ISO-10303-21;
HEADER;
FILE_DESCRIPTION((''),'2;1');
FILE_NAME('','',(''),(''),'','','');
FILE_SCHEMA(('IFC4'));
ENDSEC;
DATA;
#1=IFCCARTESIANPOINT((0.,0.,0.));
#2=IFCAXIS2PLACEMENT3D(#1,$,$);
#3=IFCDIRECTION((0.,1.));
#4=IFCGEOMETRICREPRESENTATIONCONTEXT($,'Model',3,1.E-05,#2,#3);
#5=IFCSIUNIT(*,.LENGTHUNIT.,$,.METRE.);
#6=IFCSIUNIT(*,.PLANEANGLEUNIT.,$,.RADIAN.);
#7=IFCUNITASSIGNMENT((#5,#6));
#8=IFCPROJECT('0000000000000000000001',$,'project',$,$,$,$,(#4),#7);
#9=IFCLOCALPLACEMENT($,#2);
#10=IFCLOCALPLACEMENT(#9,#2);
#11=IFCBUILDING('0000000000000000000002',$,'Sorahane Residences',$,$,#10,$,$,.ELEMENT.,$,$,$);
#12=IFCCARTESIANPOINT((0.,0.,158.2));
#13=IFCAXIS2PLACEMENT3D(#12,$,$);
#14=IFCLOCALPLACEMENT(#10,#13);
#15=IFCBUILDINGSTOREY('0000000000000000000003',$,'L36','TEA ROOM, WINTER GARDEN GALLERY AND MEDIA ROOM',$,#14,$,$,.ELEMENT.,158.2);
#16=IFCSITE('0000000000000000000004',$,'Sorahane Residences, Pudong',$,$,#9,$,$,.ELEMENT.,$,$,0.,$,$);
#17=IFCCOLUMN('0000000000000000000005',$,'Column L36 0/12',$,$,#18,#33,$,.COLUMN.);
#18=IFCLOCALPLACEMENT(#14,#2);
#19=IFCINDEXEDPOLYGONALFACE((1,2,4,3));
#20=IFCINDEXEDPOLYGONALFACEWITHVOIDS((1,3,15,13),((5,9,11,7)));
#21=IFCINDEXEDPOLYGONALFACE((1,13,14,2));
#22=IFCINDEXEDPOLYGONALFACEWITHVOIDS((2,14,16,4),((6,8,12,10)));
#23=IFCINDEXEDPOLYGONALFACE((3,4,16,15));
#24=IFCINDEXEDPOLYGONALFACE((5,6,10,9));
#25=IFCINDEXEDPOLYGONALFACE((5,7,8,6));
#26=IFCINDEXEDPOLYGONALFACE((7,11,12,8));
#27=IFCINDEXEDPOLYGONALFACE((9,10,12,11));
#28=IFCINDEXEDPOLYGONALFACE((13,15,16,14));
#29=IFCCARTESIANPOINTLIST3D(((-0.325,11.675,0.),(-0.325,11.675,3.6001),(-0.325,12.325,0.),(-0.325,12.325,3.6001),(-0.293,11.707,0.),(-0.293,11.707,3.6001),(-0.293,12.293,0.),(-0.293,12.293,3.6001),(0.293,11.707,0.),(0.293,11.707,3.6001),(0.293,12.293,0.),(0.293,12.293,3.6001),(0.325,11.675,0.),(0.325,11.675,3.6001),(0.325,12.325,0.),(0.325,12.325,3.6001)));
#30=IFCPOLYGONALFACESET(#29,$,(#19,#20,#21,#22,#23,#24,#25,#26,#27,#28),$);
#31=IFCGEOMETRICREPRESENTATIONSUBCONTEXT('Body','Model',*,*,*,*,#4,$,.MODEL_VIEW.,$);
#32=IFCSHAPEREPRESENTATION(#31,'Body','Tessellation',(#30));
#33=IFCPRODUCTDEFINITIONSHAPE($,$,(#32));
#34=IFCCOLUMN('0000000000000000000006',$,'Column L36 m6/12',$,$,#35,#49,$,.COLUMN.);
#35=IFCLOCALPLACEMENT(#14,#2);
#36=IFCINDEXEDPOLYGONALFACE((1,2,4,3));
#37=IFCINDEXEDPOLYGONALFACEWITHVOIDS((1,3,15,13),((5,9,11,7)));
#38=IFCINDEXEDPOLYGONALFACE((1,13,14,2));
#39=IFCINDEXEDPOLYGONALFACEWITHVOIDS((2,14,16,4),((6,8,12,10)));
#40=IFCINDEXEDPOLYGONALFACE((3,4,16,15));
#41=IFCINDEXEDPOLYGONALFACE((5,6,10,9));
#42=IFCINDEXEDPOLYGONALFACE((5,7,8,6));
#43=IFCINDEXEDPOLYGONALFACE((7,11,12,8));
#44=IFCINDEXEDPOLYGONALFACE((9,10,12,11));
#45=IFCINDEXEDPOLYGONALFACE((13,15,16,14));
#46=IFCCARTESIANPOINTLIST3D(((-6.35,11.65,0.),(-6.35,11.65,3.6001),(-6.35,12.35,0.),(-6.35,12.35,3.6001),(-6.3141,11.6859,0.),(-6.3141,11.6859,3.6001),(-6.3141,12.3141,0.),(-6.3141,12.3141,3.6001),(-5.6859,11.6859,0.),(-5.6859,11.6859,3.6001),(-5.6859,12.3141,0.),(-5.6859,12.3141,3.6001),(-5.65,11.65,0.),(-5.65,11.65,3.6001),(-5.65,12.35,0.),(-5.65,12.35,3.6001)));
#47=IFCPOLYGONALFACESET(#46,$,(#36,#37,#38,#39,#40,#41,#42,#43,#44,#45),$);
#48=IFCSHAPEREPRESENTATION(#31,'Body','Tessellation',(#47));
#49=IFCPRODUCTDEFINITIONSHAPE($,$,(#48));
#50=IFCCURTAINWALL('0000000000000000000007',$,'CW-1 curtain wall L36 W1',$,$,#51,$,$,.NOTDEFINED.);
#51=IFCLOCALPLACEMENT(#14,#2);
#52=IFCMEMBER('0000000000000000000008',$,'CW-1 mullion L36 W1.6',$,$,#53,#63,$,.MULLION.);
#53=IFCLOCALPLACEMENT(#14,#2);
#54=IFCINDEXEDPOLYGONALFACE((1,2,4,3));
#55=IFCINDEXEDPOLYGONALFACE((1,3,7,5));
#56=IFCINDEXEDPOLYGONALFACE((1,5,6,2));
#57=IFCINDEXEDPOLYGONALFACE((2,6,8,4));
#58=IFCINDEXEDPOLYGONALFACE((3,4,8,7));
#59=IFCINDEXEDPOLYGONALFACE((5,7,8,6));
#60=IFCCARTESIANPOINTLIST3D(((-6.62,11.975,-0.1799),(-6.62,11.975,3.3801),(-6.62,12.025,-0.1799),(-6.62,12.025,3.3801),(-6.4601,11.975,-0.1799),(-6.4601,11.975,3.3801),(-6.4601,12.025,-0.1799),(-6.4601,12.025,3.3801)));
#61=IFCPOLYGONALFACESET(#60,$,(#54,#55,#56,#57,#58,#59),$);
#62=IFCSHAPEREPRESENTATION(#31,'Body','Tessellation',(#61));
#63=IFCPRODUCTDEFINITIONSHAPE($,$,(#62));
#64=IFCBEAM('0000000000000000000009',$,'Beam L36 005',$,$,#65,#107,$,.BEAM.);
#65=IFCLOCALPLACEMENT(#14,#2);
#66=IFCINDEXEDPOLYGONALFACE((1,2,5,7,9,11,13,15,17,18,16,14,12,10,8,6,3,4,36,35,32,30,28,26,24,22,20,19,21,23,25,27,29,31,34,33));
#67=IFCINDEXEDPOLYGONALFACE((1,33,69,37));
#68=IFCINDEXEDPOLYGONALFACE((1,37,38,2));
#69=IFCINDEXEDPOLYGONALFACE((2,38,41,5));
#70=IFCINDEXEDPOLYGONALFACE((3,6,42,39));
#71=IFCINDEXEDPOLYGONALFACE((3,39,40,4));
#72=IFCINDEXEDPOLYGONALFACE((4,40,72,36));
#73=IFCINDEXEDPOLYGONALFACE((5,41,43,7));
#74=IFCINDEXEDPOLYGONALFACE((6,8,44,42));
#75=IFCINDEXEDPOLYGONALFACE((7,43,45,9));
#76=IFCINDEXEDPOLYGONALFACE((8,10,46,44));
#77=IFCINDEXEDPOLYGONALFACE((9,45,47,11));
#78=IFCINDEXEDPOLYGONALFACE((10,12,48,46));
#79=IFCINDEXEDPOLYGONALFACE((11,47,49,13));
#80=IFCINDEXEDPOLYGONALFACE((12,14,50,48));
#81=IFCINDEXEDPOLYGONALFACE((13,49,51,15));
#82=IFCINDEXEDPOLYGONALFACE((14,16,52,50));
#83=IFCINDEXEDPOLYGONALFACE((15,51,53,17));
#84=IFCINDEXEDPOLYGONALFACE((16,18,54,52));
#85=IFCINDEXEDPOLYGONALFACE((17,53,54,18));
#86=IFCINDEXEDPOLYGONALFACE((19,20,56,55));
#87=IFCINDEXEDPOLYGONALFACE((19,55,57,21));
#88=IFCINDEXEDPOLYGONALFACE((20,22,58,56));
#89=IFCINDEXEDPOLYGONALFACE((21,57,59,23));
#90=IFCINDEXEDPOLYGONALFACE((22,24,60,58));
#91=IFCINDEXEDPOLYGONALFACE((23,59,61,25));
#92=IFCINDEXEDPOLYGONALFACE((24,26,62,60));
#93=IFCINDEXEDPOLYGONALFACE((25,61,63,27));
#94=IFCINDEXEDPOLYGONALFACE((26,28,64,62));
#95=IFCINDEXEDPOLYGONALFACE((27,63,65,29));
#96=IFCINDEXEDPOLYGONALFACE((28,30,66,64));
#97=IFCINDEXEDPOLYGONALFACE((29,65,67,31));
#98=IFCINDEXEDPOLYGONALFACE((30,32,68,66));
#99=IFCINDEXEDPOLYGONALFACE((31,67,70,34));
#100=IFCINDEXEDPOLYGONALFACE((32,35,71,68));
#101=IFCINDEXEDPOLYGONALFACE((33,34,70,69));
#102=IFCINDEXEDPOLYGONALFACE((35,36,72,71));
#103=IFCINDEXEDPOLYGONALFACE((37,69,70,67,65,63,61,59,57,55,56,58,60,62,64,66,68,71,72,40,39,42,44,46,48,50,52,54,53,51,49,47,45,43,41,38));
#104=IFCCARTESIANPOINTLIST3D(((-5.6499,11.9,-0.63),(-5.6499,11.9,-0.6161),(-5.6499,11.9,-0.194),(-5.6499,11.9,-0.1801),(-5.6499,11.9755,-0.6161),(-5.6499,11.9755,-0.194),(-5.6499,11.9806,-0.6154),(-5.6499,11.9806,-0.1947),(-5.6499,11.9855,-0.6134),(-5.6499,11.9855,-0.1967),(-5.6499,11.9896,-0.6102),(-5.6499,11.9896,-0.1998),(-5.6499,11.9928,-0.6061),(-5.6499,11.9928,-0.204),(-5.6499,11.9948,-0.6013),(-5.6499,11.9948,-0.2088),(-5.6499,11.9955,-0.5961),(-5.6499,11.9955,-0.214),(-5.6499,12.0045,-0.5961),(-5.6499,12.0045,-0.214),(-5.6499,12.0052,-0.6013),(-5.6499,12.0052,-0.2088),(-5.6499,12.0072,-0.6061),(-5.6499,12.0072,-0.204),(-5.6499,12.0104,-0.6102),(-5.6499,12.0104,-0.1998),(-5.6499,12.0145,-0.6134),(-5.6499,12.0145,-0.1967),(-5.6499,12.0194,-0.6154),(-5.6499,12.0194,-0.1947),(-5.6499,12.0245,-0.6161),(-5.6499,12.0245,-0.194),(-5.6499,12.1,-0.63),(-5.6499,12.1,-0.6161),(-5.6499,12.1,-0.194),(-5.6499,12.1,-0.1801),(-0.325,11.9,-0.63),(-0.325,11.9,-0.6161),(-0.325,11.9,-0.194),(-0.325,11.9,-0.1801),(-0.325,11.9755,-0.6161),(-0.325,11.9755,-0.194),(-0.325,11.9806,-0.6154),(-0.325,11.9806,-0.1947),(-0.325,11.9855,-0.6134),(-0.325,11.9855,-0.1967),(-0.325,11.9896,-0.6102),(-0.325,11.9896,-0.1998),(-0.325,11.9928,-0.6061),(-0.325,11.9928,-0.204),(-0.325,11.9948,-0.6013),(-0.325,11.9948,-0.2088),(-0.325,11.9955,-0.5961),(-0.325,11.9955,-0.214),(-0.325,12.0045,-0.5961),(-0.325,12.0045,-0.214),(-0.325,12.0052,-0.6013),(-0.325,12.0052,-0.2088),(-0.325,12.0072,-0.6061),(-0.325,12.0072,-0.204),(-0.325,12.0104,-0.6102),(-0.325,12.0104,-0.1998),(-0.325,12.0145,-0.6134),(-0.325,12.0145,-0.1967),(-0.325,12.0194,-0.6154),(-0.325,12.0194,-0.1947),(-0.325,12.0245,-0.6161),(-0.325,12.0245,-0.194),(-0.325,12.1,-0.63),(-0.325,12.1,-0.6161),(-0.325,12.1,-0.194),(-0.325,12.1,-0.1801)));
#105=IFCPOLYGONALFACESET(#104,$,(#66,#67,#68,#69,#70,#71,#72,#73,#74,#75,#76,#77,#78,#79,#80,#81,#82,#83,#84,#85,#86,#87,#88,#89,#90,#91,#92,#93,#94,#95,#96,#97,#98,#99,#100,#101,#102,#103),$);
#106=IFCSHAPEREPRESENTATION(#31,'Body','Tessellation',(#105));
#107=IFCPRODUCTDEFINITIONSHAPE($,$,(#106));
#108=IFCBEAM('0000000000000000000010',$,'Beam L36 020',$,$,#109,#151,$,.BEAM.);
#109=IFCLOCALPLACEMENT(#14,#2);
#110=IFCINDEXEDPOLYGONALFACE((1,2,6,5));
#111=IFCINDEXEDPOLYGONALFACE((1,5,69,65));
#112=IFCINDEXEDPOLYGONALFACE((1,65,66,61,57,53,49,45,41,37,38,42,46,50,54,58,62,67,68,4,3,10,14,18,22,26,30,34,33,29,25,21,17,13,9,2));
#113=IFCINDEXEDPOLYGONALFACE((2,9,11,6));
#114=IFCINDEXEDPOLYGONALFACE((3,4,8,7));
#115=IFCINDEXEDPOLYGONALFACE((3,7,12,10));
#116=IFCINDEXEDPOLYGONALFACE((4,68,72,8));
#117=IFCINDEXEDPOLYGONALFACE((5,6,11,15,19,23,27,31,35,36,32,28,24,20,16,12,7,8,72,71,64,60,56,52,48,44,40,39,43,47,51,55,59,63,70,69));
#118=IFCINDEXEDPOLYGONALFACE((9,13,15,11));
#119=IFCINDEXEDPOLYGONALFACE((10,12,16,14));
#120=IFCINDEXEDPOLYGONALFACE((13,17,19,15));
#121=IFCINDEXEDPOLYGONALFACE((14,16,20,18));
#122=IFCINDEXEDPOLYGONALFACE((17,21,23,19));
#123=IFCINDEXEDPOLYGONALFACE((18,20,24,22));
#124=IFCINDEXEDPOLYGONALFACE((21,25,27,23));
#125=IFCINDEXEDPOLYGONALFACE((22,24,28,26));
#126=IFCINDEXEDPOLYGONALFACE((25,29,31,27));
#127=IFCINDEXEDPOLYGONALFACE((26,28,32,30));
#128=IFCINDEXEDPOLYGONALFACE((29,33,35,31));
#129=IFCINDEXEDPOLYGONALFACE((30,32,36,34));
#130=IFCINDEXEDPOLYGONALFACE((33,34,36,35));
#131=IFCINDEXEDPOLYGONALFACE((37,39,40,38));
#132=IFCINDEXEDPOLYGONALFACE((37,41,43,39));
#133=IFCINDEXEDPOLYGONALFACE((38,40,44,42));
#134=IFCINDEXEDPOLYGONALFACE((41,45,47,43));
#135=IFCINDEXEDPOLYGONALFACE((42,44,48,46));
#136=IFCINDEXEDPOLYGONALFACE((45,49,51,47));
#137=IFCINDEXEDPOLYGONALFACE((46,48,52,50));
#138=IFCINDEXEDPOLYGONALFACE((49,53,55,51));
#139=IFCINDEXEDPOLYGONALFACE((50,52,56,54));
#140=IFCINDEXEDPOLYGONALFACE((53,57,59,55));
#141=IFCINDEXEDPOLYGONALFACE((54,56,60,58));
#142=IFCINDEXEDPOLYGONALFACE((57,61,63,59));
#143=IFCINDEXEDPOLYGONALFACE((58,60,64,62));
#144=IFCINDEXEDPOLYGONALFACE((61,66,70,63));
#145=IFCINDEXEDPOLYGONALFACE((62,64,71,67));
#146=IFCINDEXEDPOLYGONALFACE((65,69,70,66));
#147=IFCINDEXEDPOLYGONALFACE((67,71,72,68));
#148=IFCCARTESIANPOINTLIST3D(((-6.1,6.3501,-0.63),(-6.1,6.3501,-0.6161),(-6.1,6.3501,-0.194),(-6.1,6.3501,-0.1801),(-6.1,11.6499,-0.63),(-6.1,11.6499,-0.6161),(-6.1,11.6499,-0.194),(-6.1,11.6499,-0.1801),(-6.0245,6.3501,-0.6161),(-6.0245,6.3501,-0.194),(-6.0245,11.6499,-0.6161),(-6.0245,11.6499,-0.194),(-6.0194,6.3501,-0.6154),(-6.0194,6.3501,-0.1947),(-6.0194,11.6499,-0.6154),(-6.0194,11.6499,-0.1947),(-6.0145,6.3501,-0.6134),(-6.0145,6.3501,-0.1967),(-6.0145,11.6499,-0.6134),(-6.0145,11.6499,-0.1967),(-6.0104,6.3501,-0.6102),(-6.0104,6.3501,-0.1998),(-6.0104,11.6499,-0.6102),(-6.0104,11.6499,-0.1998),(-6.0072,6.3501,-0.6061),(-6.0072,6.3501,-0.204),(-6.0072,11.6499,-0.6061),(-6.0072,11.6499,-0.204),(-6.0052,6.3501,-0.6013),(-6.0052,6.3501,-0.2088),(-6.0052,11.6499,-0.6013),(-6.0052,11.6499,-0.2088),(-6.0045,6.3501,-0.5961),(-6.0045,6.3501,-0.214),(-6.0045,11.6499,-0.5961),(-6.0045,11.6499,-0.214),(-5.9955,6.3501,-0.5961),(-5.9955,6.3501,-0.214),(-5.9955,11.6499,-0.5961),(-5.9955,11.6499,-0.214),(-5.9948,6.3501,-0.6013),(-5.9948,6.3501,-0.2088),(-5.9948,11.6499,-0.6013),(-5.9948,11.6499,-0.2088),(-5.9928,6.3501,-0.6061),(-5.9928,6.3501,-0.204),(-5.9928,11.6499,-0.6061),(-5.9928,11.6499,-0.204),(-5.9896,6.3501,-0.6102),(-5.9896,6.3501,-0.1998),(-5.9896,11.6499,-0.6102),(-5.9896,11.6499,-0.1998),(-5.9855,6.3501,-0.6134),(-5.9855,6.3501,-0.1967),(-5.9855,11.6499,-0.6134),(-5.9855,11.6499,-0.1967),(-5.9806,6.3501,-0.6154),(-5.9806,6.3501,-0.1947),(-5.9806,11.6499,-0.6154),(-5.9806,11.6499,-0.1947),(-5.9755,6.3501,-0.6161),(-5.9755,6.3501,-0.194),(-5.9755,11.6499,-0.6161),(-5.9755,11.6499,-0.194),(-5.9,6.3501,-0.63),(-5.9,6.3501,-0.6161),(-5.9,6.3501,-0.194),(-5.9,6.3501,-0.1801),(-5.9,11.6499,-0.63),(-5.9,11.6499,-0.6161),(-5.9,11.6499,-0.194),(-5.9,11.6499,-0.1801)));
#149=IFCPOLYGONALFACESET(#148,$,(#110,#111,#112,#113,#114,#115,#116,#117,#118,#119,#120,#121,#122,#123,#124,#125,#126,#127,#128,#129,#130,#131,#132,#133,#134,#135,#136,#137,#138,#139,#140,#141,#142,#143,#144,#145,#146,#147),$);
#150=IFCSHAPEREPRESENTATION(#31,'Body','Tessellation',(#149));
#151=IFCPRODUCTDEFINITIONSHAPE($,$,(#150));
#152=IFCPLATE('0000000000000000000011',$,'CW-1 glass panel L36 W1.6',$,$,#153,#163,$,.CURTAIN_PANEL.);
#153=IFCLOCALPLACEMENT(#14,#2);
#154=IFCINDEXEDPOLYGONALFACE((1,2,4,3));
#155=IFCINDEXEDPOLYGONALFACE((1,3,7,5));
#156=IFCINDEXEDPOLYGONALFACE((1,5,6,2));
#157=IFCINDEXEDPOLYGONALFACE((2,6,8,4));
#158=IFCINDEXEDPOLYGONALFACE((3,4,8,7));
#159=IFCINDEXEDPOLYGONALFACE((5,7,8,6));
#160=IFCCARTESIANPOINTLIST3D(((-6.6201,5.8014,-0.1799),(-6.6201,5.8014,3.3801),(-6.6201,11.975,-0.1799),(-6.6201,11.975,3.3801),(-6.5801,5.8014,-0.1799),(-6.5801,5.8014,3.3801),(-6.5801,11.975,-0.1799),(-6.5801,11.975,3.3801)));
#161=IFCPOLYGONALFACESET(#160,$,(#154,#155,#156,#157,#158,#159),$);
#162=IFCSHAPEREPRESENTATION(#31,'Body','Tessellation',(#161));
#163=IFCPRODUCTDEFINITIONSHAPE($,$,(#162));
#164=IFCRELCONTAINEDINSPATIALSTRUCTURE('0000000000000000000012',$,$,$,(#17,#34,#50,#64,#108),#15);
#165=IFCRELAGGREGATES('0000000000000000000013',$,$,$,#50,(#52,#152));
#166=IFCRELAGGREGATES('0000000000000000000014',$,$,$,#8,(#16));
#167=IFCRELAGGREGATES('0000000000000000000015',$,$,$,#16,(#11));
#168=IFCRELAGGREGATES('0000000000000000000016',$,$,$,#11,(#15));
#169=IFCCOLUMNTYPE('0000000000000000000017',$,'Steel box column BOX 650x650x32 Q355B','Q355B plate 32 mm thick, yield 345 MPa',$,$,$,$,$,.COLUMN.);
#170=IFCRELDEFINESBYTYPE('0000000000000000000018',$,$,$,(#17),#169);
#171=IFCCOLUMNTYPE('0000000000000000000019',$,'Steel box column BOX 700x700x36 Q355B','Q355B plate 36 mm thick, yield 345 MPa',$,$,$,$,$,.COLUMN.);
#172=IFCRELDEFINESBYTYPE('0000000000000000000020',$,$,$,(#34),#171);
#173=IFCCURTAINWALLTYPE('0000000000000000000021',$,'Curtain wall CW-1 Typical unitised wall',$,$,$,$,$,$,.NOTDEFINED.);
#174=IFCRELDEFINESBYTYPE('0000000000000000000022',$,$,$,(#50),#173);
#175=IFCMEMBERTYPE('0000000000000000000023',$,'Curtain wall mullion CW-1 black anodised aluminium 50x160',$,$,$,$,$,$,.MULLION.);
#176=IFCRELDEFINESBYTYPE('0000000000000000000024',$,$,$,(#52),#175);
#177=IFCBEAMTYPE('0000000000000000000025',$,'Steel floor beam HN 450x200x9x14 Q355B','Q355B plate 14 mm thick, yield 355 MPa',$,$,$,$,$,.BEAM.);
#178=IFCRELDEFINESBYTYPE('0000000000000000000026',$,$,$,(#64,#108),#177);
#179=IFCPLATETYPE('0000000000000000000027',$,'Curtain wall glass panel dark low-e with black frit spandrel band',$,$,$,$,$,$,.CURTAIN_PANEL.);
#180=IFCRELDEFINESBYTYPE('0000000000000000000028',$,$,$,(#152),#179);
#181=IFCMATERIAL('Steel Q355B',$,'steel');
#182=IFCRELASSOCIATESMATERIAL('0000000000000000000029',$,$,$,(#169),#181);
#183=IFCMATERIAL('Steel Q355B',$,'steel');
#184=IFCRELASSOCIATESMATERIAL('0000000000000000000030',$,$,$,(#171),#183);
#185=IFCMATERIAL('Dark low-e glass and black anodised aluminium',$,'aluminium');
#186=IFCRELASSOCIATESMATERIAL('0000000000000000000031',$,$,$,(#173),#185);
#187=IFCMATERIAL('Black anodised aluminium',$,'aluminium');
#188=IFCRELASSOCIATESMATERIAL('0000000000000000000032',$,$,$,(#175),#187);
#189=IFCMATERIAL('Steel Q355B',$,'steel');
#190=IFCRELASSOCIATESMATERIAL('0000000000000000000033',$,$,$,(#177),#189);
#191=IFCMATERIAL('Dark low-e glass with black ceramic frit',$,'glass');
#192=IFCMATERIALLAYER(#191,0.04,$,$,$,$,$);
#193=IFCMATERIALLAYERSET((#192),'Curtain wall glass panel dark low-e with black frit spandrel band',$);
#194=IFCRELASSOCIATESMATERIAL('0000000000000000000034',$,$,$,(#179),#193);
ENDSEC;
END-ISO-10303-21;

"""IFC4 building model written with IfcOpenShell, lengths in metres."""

from ifc_helpers import new_model, si_unit, direction, frame, origin, origin_2d, place, context, subcontext, project, spatial, rectangle, hollow_rectangle, i_section, extrude, material, layer, layer_set, material_profile, profile_set, type_object, element, aggregate, save


model = new_model("IFC4")

# Units and contexts
model_context = context("Model", 3, precision=1e-05, world=origin(), true_north=direction((0.0, 1.0)))
body_context = subcontext(model_context, "Body", "Model", "MODEL_VIEW")
ifc_project = project(units=[si_unit("LENGTHUNIT", "METRE"), si_unit("PLANEANGLEUNIT", "RADIAN")], contexts=[model_context])

# Site, building, storey
site_placement = place(None, origin())
site = spatial("IfcSite", under=ifc_project, at=site_placement, Name="Sorahane Residences, Pudong", CompositionType="ELEMENT", RefElevation=0.0)
building_placement = place(site_placement, origin())
building = spatial("IfcBuilding", under=site, at=building_placement, Name="Sorahane Residences", CompositionType="ELEMENT")
storey_placement = place(building_placement, frame((0.0, 0.0, 158.2)))
storey = spatial("IfcBuildingStorey", under=building, at=storey_placement, Name="L36", Description="TEA ROOM, WINTER GARDEN GALLERY AND MEDIA ROOM", CompositionType="ELEMENT", Elevation=158.2)

# Columns
ifc_material_1 = material(Name="Steel Q355B", Category="steel")
ifc_material_profile_1 = material_profile(ifc_material_1, hollow_rectangle(XDim=0.6499, YDim=0.6499, WallThickness=0.032, at=origin_2d()), Name="BOX 650x650x32")
ifc_profile_set_1 = profile_set([ifc_material_profile_1], Name="Steel Q355B")
column_type_1 = type_object("IfcColumnType", Name="Steel box column BOX 650x650x32 Q355B", Description="Q355B plate 32 mm thick, yield 345 MPa", PredefinedType="COLUMN", material=ifc_profile_set_1)
column_1_placement = place(storey_placement, frame((0.0, 12.0, 0.0), z_axis=(0.0, 0.0, 1.0), x_axis=(1.0, 0.0, 0.0)))
element("IfcColumn", 1, at=column_1_placement, inside=storey, type_object=column_type_1, Name="Column L36 0/12", PredefinedType="COLUMN", context=body_context, shape_type="SweptSolid", body=[
    extrude(hollow_rectangle(XDim=0.6499, YDim=0.6499, WallThickness=0.032, at=origin_2d()), origin(), (0.0, 0.0, 1.0), 3.6001),
])
ifc_material_2 = material(Name="Steel Q355B", Category="steel")
ifc_material_profile_2 = material_profile(ifc_material_2, hollow_rectangle(XDim=0.7, YDim=0.7, WallThickness=0.0359, at=origin_2d()), Name="BOX 700x700x36")
ifc_profile_set_2 = profile_set([ifc_material_profile_2], Name="Steel Q355B")
column_type_2 = type_object("IfcColumnType", Name="Steel box column BOX 700x700x36 Q355B", Description="Q355B plate 36 mm thick, yield 345 MPa", PredefinedType="COLUMN", material=ifc_profile_set_2)
column_2_placement = place(storey_placement, frame((-6.0, 12.0, 0.0), z_axis=(0.0, 0.0, 1.0), x_axis=(1.0, 0.0, 0.0)))
element("IfcColumn", 2, at=column_2_placement, inside=storey, type_object=column_type_2, Name="Column L36 m6/12", PredefinedType="COLUMN", context=body_context, shape_type="SweptSolid", body=[
    extrude(hollow_rectangle(XDim=0.7, YDim=0.7, WallThickness=0.0359, at=origin_2d()), origin(), (0.0, 0.0, 1.0), 3.6001),
])

# Curtain wall, member
ifc_material_3 = material(Name="Dark low-e glass and black anodised aluminium", Category="aluminium")
curtain_wall_type = type_object("IfcCurtainWallType", Name="Curtain wall CW-1 Typical unitised wall", PredefinedType="NOTDEFINED", material=ifc_material_3)
curtain_wall_placement = place(storey_placement, origin())
curtain_wall = element("IfcCurtainWall", 3, at=curtain_wall_placement, inside=storey, type_object=curtain_wall_type, Name="CW-1 curtain wall L36 W1", PredefinedType="NOTDEFINED")
ifc_material_4 = material(Name="Black anodised aluminium", Category="aluminium")
ifc_material_profile_3 = material_profile(ifc_material_4, rectangle(XDim=0.1599, YDim=0.05, at=origin_2d()), Name="Curtain wall mullion CW-1 black anodised aluminium 50x160")
ifc_profile_set_3 = profile_set([ifc_material_profile_3], Name="Black anodised aluminium")
member_type = type_object("IfcMemberType", Name="Curtain wall mullion CW-1 black anodised aluminium 50x160", PredefinedType="MULLION", material=ifc_profile_set_3)
member_placement = place(storey_placement, frame((-6.54, 12.0, -0.1799), z_axis=(0.0, 0.0, 1.0), x_axis=(-1.0, 0.0, 0.0)))
member = element("IfcMember", 4, at=member_placement, type_object=member_type, Name="CW-1 mullion L36 W1.6", PredefinedType="MULLION", context=body_context, shape_type="SweptSolid", body=[
    extrude(rectangle(XDim=0.1599, YDim=0.05, at=origin_2d()), origin(), (0.0, 0.0, 1.0), 3.5601),
])

# Beams
ifc_material_5 = material(Name="Steel Q355B", Category="steel")
ifc_material_profile_4 = material_profile(ifc_material_5, i_section(OverallWidth=0.2, OverallDepth=0.45, WebThickness=0.009, FlangeThickness=0.0139, FilletRadius=0.02, at=origin_2d()), Name="HN 450x200x9x14")
ifc_profile_set_4 = profile_set([ifc_material_profile_4], Name="Steel Q355B")
beam_type = type_object("IfcBeamType", Name="Steel floor beam HN 450x200x9x14 Q355B", Description="Q355B plate 14 mm thick, yield 355 MPa", PredefinedType="BEAM", material=ifc_profile_set_4)
beam_1_placement = place(storey_placement, frame((-5.6499, 12.0, -0.405), z_axis=(1.0, 0.0, 0.0), x_axis=(0.0, 1.0, 0.0)))
element("IfcBeam", 5, at=beam_1_placement, inside=storey, type_object=beam_type, Name="Beam L36 005", PredefinedType="BEAM", context=body_context, shape_type="SweptSolid", body=[
    extrude(i_section(OverallWidth=0.2, OverallDepth=0.45, WebThickness=0.009, FlangeThickness=0.0139, FilletRadius=0.02, at=origin_2d()), origin(), (0.0, 0.0, 1.0), 5.325),
])
beam_2_placement = place(storey_placement, frame((-6.0, 6.3501, -0.405), z_axis=(0.0, 1.0, 0.0), x_axis=(-1.0, 0.0, 0.0)))
element("IfcBeam", 6, at=beam_2_placement, inside=storey, type_object=beam_type, Name="Beam L36 020", PredefinedType="BEAM", context=body_context, shape_type="SweptSolid", body=[
    extrude(i_section(OverallWidth=0.2, OverallDepth=0.45, WebThickness=0.009, FlangeThickness=0.0139, FilletRadius=0.02, at=origin_2d()), origin(), (0.0, 0.0, 1.0), 5.2998),
])

# Plate
ifc_material_6 = material(Name="Dark low-e glass with black ceramic frit", Category="glass")
ifc_layer_1 = layer(ifc_material_6, 0.04)
ifc_layer_set_1 = layer_set([ifc_layer_1], Name="Curtain wall glass panel dark low-e with black frit spandrel band")
plate_type = type_object("IfcPlateType", Name="Curtain wall glass panel dark low-e with black frit spandrel band", PredefinedType="CURTAIN_PANEL", material=ifc_layer_set_1)
plate_placement = place(storey_placement, frame((-6.6001, 8.8882, -0.1799), z_axis=(0.0, 0.0, 1.0), x_axis=(0.0, -1.0, 0.0)))
plate = element("IfcPlate", 7, at=plate_placement, type_object=plate_type, Name="CW-1 glass panel L36 W1.6", PredefinedType="CURTAIN_PANEL", context=body_context, shape_type="SweptSolid", body=[
    extrude(rectangle(XDim=6.1736, YDim=0.04, at=origin_2d()), origin(), (0.0, 0.0, 1.0), 3.5601),
])
aggregate(curtain_wall, [member, plate])

save(model, "model.ifc")
